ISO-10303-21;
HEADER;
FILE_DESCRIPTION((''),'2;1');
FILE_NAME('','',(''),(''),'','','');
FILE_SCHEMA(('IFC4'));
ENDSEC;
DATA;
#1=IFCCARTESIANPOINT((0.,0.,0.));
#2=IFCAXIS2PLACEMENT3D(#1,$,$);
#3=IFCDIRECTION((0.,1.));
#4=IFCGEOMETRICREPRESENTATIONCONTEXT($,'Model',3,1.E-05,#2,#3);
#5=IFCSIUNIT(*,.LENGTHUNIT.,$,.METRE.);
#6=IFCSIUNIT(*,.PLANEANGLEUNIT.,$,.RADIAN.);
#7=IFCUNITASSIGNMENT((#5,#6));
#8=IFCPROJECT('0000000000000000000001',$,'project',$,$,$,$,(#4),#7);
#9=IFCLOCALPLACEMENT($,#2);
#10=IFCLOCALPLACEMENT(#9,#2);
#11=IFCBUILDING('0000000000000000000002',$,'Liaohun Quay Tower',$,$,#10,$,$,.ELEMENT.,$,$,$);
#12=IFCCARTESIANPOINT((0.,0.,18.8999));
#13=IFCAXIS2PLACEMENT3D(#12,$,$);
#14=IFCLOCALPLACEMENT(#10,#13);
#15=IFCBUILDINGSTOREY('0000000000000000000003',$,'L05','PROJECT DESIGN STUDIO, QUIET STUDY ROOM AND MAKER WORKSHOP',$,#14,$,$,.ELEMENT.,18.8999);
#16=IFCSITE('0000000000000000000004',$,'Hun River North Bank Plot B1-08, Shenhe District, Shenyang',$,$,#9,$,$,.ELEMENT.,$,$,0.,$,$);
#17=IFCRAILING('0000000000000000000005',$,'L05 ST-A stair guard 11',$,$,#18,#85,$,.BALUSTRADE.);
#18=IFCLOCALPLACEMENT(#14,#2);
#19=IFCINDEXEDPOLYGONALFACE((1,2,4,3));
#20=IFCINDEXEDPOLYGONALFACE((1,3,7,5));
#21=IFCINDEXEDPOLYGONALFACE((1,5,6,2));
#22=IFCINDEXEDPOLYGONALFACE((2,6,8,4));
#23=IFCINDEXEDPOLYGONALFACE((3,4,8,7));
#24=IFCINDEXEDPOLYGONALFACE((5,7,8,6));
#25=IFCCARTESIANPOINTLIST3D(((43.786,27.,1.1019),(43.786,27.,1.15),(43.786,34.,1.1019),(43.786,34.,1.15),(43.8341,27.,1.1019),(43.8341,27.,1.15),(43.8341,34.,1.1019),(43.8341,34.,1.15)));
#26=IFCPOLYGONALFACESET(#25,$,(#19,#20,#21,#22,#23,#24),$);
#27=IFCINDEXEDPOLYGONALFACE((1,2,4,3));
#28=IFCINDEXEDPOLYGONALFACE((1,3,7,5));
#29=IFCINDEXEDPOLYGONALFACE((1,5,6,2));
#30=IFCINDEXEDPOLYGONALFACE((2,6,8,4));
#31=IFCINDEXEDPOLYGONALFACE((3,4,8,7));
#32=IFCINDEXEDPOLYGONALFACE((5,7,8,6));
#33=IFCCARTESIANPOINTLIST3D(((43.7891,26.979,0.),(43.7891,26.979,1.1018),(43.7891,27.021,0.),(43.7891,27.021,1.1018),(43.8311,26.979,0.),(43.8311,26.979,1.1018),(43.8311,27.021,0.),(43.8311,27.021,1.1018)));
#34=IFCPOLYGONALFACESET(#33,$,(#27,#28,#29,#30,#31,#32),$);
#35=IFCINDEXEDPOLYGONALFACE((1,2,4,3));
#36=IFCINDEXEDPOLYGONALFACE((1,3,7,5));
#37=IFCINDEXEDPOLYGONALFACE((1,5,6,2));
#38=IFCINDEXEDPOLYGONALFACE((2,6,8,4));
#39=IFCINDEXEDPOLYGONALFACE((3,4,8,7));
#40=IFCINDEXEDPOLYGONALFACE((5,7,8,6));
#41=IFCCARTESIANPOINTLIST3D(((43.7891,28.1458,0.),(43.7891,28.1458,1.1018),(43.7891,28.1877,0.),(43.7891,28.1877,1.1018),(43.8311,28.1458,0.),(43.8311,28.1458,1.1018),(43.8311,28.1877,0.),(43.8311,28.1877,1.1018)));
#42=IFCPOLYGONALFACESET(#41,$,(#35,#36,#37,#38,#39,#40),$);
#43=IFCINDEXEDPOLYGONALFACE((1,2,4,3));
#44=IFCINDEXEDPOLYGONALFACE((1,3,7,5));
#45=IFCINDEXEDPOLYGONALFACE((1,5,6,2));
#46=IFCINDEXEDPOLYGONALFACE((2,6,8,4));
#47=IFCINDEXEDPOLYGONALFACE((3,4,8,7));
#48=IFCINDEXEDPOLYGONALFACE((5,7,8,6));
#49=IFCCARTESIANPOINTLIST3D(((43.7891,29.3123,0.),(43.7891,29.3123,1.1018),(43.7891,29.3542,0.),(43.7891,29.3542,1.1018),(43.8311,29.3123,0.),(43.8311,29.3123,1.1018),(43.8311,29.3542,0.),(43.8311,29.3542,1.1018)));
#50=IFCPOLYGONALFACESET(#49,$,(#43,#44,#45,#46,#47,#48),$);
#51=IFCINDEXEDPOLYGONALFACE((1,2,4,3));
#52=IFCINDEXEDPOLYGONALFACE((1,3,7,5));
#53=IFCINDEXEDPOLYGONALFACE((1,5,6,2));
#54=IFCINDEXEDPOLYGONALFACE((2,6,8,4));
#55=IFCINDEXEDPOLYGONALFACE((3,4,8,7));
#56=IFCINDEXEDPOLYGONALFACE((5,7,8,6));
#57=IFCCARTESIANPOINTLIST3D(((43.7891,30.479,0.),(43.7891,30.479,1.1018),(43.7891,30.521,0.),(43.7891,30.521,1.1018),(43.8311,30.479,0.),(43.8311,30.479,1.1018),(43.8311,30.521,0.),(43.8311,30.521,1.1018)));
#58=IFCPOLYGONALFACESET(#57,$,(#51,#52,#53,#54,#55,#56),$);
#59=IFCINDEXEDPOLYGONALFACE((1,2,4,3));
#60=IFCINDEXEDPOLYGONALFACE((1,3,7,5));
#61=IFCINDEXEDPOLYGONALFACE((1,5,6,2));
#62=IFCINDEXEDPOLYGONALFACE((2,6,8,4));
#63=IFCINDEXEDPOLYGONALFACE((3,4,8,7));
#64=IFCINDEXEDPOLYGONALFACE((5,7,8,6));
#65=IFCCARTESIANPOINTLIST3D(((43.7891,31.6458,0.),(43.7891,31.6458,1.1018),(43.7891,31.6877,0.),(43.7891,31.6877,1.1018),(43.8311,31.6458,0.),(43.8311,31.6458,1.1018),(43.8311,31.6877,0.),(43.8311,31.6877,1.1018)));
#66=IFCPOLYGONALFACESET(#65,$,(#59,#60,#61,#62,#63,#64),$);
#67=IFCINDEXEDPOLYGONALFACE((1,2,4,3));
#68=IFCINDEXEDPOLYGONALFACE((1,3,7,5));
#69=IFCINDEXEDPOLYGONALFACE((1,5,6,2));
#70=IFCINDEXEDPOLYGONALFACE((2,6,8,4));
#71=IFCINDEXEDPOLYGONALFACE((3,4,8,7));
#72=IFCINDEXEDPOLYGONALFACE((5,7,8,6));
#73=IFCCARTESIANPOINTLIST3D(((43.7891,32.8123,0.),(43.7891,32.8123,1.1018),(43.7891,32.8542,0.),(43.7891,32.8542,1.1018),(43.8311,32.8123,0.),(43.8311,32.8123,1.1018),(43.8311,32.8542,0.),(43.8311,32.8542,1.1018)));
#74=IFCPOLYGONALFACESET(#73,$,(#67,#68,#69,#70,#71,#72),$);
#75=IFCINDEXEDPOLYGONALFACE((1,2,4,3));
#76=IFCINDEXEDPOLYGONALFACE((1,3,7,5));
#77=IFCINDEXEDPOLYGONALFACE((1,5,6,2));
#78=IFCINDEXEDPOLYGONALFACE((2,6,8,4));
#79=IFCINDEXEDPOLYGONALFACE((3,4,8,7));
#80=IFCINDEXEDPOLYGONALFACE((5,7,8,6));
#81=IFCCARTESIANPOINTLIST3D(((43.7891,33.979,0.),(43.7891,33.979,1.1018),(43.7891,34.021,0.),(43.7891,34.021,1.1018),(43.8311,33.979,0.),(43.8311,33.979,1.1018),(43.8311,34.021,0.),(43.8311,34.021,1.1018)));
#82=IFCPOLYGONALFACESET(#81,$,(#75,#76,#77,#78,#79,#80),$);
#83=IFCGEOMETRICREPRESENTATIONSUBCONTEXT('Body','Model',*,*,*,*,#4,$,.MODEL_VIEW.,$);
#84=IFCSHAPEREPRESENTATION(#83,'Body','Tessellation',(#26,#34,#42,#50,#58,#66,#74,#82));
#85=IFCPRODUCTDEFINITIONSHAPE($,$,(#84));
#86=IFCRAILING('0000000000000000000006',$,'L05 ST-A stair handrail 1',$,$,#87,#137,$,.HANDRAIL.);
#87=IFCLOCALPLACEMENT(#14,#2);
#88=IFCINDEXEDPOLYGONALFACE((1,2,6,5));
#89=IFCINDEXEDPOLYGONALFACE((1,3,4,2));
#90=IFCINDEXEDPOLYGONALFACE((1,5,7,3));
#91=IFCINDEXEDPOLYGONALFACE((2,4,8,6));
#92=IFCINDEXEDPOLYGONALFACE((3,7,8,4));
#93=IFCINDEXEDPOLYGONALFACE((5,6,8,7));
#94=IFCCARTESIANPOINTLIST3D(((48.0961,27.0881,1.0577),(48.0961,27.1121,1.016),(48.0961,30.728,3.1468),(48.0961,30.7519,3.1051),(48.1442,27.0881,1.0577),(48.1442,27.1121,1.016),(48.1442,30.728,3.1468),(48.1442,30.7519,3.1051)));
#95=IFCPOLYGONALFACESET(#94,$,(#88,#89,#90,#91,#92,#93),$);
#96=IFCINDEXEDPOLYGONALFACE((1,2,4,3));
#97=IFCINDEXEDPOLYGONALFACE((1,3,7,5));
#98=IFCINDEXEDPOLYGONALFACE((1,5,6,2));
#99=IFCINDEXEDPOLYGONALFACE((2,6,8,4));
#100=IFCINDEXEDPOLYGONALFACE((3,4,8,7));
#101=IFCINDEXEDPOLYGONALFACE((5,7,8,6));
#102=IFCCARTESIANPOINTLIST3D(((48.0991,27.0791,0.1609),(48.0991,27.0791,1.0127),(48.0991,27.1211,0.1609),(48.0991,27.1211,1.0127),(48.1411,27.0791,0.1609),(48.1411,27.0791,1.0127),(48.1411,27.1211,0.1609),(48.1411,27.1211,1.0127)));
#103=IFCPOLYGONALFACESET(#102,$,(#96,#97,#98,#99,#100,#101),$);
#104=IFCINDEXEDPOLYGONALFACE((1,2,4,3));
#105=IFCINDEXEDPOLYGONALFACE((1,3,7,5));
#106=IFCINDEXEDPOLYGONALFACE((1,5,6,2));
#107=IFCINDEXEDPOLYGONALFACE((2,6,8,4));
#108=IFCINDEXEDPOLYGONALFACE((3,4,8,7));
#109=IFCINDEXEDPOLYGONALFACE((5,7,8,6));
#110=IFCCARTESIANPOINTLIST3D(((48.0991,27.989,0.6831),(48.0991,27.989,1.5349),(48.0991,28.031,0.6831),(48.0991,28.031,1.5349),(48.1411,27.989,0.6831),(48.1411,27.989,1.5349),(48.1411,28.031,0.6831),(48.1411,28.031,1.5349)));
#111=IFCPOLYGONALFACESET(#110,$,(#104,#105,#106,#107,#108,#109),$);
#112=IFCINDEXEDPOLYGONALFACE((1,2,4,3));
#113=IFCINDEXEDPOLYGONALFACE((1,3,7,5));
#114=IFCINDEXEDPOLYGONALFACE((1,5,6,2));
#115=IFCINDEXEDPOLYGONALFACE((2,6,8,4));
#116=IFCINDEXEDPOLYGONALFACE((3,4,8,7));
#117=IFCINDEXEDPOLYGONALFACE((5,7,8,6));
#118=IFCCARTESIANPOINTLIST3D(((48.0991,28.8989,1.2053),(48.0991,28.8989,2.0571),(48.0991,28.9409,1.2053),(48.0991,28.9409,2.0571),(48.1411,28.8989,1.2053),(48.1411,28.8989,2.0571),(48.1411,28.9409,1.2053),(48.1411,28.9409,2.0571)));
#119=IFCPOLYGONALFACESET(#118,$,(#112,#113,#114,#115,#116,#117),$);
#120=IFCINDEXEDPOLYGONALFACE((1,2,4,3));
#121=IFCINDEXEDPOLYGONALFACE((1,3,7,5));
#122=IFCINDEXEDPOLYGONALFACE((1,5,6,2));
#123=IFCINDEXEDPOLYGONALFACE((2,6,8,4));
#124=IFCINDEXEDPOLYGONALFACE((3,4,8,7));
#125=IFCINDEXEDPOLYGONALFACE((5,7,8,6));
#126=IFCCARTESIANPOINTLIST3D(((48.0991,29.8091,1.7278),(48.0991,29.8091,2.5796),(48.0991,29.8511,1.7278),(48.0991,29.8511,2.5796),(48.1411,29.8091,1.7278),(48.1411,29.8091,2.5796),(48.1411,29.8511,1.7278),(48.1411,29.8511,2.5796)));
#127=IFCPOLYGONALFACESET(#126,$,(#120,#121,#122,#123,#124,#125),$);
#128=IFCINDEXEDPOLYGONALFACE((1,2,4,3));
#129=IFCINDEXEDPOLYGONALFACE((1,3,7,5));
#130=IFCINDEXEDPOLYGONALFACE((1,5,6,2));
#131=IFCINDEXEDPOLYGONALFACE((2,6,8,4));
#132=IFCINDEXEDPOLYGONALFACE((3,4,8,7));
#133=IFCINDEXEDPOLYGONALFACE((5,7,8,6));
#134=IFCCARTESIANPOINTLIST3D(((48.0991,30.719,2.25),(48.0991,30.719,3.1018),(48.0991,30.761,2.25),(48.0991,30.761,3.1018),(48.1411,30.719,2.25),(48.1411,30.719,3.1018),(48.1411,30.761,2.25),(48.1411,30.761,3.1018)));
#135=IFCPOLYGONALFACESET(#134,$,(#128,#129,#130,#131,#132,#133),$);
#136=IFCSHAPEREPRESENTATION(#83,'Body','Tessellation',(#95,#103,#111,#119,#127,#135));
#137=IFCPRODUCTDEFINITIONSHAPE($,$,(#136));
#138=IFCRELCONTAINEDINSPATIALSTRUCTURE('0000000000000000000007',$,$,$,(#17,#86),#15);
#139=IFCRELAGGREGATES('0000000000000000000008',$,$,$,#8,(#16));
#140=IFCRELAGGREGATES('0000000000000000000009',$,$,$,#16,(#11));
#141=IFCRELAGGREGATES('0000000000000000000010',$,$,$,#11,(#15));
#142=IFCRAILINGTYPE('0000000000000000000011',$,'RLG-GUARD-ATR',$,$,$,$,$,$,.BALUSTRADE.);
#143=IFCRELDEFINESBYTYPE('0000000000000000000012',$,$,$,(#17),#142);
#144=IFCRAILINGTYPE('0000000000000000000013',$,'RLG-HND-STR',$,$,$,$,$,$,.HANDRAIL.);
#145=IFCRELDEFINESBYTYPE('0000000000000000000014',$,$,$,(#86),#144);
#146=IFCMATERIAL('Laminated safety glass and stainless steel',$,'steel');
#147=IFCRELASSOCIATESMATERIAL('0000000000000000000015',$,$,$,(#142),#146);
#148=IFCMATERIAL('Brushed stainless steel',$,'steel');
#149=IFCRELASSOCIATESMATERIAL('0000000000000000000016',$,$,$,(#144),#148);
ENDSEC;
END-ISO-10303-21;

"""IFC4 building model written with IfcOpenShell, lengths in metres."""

from ifc_helpers import new_model, si_unit, direction, frame, origin, origin_2d, place, context, subcontext, project, spatial, rectangle, extrude, material, type_object, element, save


model = new_model("IFC4")

# Units and contexts
model_context = context("Model", 3, precision=1e-05, world=origin(), true_north=direction((0.0, 1.0)))
body_context = subcontext(model_context, "Body", "Model", "MODEL_VIEW")
ifc_project = project(units=[si_unit("LENGTHUNIT", "METRE"), si_unit("PLANEANGLEUNIT", "RADIAN")], contexts=[model_context])

# Site, building, storey
site_placement = place(None, origin())
site = spatial("IfcSite", under=ifc_project, at=site_placement, Name="Hun River North Bank Plot B1-08, Shenhe District, Shenyang", CompositionType="ELEMENT", RefElevation=0.0)
building_placement = place(site_placement, origin())
building = spatial("IfcBuilding", under=site, at=building_placement, Name="Liaohun Quay Tower", CompositionType="ELEMENT")
storey_placement = place(building_placement, frame((0.0, 0.0, 18.8999)))
storey = spatial("IfcBuildingStorey", under=building, at=storey_placement, Name="L05", Description="PROJECT DESIGN STUDIO, QUIET STUDY ROOM AND MAKER WORKSHOP", CompositionType="ELEMENT", Elevation=18.8999)

# Railings
ifc_material_1 = material(Name="Laminated safety glass and stainless steel", Category="steel")
railing_type_1 = type_object("IfcRailingType", Name="RLG-GUARD-ATR", PredefinedType="BALUSTRADE", material=ifc_material_1)
for number, where, name in (
    (1, (43.8101, 27.0, 0.0), "L05 ST-A stair guard 11"),
):
    element("IfcRailing", number, at=place(storey_placement, frame(where)), inside=storey, type_object=railing_type_1, Name=name, PredefinedType="BALUSTRADE", context=body_context, shape_type="SweptSolid", body=[
        extrude(rectangle(XDim=0.0481, YDim=0.0481, at=origin_2d()), frame((0.0, 0.0, 1.126), z_axis=(0.0, 1.0, 0.0), x_axis=(-1.0, 0.0, 0.0)), (0.0, 0.0, 1.0), 7.0),
        extrude(rectangle(XDim=0.042, YDim=0.042, at=origin_2d()), origin(), (0.0, 0.0, 1.0), 1.1018),
        extrude(rectangle(XDim=0.042, YDim=0.042, at=origin_2d()), frame((0.0, 1.1667, 0.0)), (0.0, 0.0, 1.0), 1.1018),
        extrude(rectangle(XDim=0.042, YDim=0.042, at=origin_2d()), frame((0.0, 2.3333, 0.0)), (0.0, 0.0, 1.0), 1.1018),
        extrude(rectangle(XDim=0.042, YDim=0.042, at=origin_2d()), frame((0.0, 3.5, 0.0)), (0.0, 0.0, 1.0), 1.1018),
        extrude(rectangle(XDim=0.042, YDim=0.042, at=origin_2d()), frame((0.0, 4.6667, 0.0)), (0.0, 0.0, 1.0), 1.1018),
        extrude(rectangle(XDim=0.042, YDim=0.042, at=origin_2d()), frame((0.0, 5.8333, 0.0)), (0.0, 0.0, 1.0), 1.1018),
        extrude(rectangle(XDim=0.042, YDim=0.042, at=origin_2d()), frame((0.0, 7.0, 0.0)), (0.0, 0.0, 1.0), 1.1018),
    ])
ifc_material_2 = material(Name="Brushed stainless steel", Category="steel")
railing_type_2 = type_object("IfcRailingType", Name="RLG-HND-STR", PredefinedType="HANDRAIL", material=ifc_material_2)
railing_1_placement = place(storey_placement, frame((48.1201, 27.1001, 0.1609)))
element("IfcRailing", 2, at=railing_1_placement, inside=storey, type_object=railing_type_2, Name="L05 ST-A stair handrail 1", PredefinedType="HANDRAIL", context=body_context, shape_type="SweptSolid", body=[
    extrude(rectangle(XDim=0.0481, YDim=0.0481, at=origin_2d()), frame((0.0, 0.0, 0.876), z_axis=(0.0, 0.8673, 0.497786), x_axis=(-1.0, 0.0, 0.0)), (0.0, 0.0, 1.0), 4.1968),
    extrude(rectangle(XDim=0.042, YDim=0.042, at=origin_2d()), origin(), (0.0, 0.0, 1.0), 0.8518),
    extrude(rectangle(XDim=0.042, YDim=0.042, at=origin_2d()), frame((0.0, 0.9099, 0.5222)), (0.0, 0.0, 1.0), 0.8518),
    extrude(rectangle(XDim=0.042, YDim=0.042, at=origin_2d()), frame((0.0, 1.8198, 1.0444)), (0.0, 0.0, 1.0), 0.8518),
    extrude(rectangle(XDim=0.042, YDim=0.042, at=origin_2d()), frame((0.0, 2.73, 1.5669)), (0.0, 0.0, 1.0), 0.8518),
    extrude(rectangle(XDim=0.042, YDim=0.042, at=origin_2d()), frame((0.0, 3.6399, 2.0891)), (0.0, 0.0, 1.0), 0.8518),
])

save(model, "model.ifc")
